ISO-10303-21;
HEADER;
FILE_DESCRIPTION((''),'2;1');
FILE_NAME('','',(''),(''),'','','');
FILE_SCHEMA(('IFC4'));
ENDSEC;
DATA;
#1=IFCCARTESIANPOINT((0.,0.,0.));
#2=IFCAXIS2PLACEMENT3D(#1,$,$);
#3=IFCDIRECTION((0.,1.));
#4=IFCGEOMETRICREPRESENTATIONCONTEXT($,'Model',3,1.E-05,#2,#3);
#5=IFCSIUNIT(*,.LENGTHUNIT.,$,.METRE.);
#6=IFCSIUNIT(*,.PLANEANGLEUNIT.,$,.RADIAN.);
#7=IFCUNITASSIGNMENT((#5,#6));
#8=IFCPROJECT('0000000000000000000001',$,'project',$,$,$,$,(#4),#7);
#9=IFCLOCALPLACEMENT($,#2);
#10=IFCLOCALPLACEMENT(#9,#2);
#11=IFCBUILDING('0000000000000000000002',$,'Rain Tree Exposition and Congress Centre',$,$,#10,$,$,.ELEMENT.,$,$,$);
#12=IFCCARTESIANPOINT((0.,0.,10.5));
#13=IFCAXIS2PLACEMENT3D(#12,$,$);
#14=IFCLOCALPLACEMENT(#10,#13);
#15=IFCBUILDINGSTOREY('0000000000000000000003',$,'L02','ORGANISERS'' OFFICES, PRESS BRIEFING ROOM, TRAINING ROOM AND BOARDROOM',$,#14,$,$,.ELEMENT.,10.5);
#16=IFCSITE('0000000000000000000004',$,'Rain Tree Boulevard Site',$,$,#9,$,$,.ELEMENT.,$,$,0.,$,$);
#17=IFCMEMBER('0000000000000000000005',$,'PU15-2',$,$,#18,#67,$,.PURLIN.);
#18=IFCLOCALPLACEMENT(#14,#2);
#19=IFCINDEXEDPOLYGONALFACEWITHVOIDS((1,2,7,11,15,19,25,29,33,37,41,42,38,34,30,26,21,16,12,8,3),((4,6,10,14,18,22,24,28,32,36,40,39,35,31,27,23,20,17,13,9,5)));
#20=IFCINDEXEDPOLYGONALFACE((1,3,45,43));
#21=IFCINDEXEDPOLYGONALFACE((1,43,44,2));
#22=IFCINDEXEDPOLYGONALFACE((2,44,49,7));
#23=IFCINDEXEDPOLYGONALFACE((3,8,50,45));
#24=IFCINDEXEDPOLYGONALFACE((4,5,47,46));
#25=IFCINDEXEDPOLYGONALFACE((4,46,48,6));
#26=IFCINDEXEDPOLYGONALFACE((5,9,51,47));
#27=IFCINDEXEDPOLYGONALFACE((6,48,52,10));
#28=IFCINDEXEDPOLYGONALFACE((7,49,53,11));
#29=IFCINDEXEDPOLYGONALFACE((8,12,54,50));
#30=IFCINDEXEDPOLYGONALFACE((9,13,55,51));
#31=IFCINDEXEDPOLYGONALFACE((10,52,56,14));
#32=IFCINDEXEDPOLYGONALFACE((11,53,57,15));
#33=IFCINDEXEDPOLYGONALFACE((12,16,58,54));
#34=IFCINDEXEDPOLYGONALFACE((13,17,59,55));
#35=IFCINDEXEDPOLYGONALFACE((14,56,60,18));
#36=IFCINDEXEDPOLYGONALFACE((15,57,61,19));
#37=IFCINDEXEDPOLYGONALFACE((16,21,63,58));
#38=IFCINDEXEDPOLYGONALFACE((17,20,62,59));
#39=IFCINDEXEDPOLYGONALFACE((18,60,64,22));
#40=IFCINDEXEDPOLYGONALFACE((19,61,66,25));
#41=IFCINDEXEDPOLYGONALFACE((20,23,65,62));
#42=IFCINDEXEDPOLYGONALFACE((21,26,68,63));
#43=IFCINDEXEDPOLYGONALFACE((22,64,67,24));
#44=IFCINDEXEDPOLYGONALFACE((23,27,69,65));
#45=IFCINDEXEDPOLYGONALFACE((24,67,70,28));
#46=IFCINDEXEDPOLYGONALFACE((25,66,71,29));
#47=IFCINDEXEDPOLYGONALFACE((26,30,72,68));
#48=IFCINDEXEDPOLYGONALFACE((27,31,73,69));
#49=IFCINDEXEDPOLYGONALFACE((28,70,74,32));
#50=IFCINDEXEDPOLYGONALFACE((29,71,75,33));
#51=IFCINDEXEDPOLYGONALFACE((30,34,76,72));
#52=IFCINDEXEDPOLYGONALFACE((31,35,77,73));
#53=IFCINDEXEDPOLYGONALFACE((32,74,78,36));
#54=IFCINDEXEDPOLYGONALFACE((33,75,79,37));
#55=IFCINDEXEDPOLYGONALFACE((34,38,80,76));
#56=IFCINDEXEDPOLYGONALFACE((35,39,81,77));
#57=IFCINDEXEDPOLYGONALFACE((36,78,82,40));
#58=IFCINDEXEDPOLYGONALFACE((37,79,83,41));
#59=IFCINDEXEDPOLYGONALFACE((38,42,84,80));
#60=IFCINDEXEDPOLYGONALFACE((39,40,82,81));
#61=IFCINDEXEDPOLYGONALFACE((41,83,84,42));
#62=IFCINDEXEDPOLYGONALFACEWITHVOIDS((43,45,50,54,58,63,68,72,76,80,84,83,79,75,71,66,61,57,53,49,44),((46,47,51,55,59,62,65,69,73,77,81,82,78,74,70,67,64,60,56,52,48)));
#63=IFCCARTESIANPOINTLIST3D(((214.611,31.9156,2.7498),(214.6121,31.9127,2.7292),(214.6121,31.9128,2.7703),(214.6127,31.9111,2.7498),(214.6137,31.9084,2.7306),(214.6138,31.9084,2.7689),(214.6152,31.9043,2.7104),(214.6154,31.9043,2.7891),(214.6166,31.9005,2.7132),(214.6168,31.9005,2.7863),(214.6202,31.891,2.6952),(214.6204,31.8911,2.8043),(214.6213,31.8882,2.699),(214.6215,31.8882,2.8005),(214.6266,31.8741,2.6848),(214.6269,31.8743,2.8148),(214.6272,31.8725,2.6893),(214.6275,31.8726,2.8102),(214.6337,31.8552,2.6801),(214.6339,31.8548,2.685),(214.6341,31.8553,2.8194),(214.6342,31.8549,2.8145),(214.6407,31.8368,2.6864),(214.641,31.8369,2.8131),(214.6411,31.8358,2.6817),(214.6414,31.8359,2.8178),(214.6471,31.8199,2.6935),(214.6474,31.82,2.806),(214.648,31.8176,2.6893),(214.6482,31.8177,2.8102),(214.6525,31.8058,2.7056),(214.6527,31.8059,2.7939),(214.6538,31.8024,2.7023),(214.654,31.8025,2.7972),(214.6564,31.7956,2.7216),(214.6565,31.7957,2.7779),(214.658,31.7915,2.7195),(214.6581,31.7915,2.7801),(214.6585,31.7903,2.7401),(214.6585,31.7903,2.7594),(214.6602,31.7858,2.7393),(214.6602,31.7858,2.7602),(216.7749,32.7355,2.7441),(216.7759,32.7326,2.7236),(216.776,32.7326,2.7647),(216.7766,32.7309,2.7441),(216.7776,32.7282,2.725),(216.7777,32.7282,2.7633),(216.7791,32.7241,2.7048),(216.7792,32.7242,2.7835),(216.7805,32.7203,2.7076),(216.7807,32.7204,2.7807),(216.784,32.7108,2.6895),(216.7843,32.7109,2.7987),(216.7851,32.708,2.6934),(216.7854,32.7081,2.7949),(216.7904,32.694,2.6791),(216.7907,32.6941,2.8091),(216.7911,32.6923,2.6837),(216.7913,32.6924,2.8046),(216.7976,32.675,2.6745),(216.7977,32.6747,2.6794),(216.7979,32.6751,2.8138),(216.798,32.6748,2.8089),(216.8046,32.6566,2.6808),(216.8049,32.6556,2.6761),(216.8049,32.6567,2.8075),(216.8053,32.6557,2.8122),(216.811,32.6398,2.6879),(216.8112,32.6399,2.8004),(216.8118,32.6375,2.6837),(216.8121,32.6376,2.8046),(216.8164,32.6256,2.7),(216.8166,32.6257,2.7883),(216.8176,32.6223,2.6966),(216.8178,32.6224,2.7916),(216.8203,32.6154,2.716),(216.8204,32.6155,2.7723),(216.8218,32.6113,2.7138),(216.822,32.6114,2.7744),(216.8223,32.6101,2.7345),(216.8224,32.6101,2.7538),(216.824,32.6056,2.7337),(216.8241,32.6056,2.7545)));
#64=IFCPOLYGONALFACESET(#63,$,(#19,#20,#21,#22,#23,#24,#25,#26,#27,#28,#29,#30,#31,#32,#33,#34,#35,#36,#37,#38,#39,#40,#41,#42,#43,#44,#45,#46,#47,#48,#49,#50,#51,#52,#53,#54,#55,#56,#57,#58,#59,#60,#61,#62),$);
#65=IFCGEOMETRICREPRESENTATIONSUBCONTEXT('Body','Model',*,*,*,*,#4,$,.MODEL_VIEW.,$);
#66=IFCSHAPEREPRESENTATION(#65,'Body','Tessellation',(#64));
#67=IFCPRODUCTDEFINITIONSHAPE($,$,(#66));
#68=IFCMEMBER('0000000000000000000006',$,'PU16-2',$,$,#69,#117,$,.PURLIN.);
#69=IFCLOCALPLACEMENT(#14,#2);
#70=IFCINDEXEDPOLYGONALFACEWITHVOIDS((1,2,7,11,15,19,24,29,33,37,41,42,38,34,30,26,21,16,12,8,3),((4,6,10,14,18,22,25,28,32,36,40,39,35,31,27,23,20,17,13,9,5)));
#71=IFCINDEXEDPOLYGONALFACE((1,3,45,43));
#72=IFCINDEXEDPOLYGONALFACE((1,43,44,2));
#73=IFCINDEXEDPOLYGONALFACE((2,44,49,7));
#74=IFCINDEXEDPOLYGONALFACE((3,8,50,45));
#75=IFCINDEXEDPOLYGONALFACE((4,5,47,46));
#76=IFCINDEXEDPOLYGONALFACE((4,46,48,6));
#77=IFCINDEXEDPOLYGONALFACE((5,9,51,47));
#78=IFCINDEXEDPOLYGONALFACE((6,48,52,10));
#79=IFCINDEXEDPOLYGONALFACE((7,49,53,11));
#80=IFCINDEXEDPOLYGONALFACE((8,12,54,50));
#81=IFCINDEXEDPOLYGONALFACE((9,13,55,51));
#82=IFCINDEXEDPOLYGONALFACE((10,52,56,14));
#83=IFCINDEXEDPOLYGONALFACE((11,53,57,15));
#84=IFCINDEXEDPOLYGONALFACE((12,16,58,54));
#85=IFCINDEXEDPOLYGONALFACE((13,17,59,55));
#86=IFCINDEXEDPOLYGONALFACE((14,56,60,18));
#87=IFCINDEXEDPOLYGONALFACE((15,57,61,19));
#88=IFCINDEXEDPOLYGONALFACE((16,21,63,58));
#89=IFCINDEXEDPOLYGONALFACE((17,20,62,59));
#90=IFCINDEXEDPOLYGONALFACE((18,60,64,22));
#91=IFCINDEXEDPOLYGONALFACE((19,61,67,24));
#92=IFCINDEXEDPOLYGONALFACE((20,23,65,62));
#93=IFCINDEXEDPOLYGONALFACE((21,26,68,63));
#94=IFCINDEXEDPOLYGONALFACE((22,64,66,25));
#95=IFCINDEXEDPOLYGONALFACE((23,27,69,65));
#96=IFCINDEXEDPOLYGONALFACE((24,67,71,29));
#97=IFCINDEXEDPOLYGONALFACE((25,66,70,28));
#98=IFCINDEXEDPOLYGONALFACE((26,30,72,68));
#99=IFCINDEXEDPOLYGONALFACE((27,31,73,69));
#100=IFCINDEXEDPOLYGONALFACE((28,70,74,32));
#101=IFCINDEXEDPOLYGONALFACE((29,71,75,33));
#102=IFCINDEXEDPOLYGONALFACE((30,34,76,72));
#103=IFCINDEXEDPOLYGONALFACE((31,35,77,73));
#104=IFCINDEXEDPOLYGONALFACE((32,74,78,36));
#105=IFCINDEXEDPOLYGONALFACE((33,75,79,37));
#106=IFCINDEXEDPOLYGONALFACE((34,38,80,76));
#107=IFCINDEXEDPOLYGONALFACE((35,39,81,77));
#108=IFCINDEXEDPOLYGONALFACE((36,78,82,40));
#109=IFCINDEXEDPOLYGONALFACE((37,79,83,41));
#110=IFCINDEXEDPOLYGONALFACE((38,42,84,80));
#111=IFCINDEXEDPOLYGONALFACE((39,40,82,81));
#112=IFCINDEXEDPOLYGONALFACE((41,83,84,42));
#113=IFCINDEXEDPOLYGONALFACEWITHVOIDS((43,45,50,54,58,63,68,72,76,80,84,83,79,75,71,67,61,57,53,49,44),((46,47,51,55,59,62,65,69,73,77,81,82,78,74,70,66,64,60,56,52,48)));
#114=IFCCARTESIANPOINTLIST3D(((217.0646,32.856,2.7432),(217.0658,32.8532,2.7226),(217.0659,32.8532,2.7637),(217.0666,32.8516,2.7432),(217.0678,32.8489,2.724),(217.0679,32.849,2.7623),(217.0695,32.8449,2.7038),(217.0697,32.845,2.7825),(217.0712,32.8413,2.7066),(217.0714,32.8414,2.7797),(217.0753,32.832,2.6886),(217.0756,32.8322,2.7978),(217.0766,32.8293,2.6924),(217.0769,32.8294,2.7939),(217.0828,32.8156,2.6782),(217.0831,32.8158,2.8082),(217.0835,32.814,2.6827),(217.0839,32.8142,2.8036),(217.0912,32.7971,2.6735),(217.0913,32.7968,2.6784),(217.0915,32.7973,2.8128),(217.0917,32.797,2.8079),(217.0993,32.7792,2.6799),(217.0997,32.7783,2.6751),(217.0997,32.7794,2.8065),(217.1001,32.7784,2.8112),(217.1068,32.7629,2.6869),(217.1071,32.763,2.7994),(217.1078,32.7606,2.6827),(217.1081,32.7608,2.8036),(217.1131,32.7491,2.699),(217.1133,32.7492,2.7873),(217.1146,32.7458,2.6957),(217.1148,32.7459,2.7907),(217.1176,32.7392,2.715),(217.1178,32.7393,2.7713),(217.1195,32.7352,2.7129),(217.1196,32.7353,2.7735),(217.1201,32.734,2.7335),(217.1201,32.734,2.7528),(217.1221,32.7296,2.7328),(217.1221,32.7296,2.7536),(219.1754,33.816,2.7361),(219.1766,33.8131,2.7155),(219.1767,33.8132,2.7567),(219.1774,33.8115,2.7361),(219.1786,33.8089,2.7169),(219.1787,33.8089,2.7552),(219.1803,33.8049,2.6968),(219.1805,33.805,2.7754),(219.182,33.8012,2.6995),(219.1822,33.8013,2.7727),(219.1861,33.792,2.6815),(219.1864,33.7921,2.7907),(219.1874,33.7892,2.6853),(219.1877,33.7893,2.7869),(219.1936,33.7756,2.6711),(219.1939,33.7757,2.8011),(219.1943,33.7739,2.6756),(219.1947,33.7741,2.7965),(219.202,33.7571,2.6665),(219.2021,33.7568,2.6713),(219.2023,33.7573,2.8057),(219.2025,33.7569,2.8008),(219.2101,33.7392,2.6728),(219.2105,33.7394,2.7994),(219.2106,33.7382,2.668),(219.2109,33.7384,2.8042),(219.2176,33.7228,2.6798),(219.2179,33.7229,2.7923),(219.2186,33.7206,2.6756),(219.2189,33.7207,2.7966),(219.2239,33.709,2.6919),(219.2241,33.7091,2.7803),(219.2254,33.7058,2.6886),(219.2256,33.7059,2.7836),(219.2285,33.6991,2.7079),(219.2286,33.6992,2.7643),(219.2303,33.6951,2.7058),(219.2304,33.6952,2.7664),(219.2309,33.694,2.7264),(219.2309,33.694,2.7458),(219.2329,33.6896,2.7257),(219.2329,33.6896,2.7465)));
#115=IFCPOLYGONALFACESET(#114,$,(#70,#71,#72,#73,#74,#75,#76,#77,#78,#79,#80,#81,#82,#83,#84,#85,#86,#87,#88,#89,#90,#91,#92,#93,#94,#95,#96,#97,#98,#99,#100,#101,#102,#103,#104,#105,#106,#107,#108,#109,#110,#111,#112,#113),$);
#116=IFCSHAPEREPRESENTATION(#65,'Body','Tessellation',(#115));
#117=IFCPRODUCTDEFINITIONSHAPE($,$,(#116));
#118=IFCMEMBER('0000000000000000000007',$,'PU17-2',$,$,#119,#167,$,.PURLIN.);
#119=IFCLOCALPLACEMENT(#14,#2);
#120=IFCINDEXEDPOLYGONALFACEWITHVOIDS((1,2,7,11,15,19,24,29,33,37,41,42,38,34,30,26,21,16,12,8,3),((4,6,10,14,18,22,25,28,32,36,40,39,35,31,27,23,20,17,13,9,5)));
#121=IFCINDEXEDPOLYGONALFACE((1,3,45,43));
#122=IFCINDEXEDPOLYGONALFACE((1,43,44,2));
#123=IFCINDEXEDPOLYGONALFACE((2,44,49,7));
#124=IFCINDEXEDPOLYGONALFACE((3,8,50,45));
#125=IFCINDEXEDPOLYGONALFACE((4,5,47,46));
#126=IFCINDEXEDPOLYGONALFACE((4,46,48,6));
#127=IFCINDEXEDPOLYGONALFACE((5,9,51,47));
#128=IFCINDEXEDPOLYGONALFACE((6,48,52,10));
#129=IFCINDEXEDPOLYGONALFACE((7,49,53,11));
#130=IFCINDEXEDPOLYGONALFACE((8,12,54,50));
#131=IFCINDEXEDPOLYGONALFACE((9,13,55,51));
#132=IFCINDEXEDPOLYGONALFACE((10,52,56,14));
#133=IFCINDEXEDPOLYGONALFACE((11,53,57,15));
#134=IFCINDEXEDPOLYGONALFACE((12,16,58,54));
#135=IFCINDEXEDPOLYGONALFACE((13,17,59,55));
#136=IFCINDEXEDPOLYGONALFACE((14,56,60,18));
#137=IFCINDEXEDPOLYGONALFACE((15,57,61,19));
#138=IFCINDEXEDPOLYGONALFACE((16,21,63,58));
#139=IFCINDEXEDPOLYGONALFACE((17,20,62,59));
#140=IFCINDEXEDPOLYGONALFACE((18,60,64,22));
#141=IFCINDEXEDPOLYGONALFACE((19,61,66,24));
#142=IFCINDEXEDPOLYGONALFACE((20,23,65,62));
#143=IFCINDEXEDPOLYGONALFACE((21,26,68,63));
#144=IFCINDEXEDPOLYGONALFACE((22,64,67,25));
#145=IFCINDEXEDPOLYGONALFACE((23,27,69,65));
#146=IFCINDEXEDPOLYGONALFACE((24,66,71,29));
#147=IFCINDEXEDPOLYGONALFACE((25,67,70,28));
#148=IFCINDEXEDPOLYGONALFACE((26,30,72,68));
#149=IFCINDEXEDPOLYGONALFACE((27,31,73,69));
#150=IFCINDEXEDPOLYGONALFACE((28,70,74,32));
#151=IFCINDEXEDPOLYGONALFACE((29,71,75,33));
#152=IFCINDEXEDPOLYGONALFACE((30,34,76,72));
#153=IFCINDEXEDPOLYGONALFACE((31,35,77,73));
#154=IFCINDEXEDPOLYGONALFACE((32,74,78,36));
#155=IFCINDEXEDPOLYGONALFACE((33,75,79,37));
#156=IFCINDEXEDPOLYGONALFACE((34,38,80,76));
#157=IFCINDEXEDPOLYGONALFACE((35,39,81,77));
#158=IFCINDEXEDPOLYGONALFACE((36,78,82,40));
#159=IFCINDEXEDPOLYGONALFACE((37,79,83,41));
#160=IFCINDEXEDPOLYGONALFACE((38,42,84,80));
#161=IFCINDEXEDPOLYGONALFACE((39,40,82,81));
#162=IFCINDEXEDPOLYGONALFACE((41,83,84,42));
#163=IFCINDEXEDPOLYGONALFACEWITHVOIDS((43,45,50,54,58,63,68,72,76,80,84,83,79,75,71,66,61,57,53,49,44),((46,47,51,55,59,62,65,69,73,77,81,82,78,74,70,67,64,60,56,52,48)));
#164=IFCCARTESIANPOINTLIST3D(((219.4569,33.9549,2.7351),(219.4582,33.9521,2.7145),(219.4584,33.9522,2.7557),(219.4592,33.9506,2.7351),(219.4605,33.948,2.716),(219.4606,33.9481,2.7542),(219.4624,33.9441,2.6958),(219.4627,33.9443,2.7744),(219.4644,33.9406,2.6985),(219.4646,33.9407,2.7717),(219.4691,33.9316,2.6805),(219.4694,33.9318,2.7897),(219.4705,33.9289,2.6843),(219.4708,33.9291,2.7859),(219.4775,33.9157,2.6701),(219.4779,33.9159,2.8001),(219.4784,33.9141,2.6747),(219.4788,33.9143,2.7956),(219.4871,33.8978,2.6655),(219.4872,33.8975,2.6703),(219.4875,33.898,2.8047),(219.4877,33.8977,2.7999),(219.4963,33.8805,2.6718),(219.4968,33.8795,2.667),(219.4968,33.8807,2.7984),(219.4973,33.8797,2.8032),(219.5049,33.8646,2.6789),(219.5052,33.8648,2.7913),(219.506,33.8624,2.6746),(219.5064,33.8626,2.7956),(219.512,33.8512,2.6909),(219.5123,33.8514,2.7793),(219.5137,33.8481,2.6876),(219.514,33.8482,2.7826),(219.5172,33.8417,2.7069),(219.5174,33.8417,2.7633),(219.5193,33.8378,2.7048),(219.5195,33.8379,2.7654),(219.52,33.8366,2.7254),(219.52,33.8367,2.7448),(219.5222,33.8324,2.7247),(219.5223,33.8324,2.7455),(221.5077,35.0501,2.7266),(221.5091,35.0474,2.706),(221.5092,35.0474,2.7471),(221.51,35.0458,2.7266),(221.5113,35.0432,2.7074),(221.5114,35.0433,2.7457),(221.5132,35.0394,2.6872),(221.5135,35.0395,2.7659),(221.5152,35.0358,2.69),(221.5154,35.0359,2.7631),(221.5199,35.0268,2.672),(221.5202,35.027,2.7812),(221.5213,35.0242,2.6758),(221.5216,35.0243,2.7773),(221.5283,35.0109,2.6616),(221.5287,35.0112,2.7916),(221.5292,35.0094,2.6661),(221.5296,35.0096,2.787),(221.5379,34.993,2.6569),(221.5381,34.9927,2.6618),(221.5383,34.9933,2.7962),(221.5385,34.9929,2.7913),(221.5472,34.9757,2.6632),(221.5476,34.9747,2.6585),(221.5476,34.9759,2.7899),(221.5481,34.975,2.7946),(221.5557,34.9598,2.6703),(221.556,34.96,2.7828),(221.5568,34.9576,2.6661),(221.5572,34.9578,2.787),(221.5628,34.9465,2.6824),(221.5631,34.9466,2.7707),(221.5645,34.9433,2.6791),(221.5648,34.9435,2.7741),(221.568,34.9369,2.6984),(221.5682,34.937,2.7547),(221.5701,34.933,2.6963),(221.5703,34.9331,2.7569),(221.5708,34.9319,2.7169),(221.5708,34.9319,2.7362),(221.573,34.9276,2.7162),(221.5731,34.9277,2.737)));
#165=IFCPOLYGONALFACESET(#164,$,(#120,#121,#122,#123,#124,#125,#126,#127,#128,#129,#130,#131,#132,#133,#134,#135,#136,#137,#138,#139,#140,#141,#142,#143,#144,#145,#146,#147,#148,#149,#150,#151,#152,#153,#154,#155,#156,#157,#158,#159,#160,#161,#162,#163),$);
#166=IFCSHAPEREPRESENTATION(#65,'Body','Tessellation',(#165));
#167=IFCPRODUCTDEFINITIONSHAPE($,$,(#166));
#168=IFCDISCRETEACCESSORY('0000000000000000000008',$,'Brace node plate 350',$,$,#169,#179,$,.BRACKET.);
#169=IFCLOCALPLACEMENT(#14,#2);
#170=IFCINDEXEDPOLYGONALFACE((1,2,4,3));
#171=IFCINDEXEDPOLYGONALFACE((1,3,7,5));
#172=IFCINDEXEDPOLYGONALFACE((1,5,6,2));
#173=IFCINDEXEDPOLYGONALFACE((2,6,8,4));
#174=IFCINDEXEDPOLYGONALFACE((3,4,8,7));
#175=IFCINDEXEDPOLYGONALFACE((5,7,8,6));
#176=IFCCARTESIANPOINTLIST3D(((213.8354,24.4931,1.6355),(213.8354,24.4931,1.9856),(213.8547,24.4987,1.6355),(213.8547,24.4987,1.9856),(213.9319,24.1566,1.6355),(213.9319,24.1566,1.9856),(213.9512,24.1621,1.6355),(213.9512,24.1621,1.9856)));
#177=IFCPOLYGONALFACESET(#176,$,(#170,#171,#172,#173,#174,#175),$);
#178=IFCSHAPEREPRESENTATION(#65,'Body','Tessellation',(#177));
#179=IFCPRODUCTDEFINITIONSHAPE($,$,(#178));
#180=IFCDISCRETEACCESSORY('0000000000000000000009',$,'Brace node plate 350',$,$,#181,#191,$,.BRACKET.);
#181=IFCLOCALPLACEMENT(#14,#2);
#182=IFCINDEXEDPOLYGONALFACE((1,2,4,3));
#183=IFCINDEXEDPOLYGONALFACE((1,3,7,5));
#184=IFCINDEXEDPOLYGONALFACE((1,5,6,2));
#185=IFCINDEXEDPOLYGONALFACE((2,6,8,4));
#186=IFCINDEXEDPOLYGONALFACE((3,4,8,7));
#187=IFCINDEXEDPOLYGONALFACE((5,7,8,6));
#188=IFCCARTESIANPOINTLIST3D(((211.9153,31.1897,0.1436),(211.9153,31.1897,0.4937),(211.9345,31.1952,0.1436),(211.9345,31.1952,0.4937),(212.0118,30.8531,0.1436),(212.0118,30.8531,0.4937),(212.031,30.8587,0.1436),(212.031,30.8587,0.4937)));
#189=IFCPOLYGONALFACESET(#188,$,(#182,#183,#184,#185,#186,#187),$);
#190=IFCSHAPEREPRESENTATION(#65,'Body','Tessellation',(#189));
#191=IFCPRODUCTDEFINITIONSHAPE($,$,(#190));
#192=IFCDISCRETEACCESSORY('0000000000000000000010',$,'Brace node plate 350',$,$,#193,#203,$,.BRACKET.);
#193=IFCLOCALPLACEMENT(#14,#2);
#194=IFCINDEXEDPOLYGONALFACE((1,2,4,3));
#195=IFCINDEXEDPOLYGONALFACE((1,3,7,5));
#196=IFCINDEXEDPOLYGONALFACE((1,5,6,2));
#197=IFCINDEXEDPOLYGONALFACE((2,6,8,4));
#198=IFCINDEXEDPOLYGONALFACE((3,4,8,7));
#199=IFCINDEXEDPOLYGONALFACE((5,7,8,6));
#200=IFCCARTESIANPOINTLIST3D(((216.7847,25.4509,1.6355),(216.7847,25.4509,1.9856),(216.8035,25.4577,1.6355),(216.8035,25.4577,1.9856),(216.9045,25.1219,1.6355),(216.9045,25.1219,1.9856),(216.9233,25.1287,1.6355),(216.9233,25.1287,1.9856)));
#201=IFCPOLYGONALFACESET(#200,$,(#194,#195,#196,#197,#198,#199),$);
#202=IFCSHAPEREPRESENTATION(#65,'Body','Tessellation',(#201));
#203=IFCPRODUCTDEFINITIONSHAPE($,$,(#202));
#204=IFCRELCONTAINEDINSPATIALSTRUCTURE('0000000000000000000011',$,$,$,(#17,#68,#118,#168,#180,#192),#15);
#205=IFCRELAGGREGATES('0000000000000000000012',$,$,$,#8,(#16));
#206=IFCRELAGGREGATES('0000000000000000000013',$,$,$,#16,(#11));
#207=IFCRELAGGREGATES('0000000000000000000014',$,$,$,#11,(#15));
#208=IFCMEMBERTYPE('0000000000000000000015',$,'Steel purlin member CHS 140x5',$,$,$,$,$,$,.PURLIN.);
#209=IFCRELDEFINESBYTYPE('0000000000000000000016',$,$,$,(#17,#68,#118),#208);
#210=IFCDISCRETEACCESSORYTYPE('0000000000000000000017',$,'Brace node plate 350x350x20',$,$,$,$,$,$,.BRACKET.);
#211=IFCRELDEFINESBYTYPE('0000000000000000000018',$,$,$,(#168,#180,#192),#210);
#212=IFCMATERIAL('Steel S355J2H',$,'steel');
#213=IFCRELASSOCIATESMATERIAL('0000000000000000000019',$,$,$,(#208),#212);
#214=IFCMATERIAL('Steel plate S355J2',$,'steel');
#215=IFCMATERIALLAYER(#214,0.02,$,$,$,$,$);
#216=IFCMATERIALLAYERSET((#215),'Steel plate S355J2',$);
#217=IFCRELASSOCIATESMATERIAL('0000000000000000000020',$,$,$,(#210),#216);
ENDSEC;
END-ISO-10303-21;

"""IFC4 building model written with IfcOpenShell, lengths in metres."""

from ifc_helpers import new_model, si_unit, direction, frame, origin, origin_2d, place, context, subcontext, project, spatial, rectangle, hollow_circle, extrude, material, layer, layer_set, material_profile, profile_set, type_object, element, save


model = new_model("IFC4")

# Units and contexts
model_context = context("Model", 3, precision=1e-05, world=origin(), true_north=direction((0.0, 1.0)))
body_context = subcontext(model_context, "Body", "Model", "MODEL_VIEW")
ifc_project = project(units=[si_unit("LENGTHUNIT", "METRE"), si_unit("PLANEANGLEUNIT", "RADIAN")], contexts=[model_context])

# Site, building, storey
site_placement = place(None, origin())
site = spatial("IfcSite", under=ifc_project, at=site_placement, Name="Rain Tree Boulevard Site", CompositionType="ELEMENT", RefElevation=0.0)
building_placement = place(site_placement, origin())
building = spatial("IfcBuilding", under=site, at=building_placement, Name="Rain Tree Exposition and Congress Centre", CompositionType="ELEMENT")
storey_placement = place(building_placement, frame((0.0, 0.0, 10.5)))
storey = spatial("IfcBuildingStorey", under=building, at=storey_placement, Name="L02", Description="ORGANISERS' OFFICES, PRESS BRIEFING ROOM, TRAINING ROOM AND BOARDROOM", CompositionType="ELEMENT", Elevation=10.5)

# Members
ifc_material_1 = material(Name="Steel S355J2H", Category="steel")
ifc_material_profile_1 = material_profile(ifc_material_1, hollow_circle(Radius=0.0698, WallThickness=0.0049, at=origin_2d()), Name="CHS 140x5")
ifc_profile_set_1 = profile_set([ifc_material_profile_1], Name="Steel S355J2H")
member_type_1 = type_object("IfcMemberType", Name="Steel purlin member CHS 140x5", PredefinedType="PURLIN", material=ifc_profile_set_1)
member_1_placement = place(storey_placement, frame((214.6357, 31.8503, 2.7498), z_axis=(0.935129, 0.3543, -0.002427), x_axis=(-0.354301, 0.935131, 0.0)))
element("IfcMember", 1, at=member_1_placement, inside=storey, type_object=member_type_1, Name="PU15-2", PredefinedType="PURLIN", context=body_context, shape_type="SweptSolid", body=[
    extrude(hollow_circle(Radius=0.0698, WallThickness=0.0049, at=origin_2d()), origin(), (0.0, 0.0, 1.0), 2.314),
])
member_2_placement = place(storey_placement, frame((217.0935, 32.7925, 2.7432), z_axis=(0.910283, 0.413976, -0.003053), x_axis=(-0.413977, 0.910287, 0.0)))
element("IfcMember", 2, at=member_2_placement, inside=storey, type_object=member_type_1, Name="PU16-2", PredefinedType="PURLIN", context=body_context, shape_type="SweptSolid", body=[
    extrude(hollow_circle(Radius=0.0698, WallThickness=0.0049, at=origin_2d()), origin(), (0.0, 0.0, 1.0), 2.3188),
])
member_3_placement = place(storey_placement, frame((219.4897, 33.8933, 2.7351), z_axis=(0.882085, 0.471076, -0.003675), x_axis=(-0.471079, 0.882091, 0.0)))
element("IfcMember", 3, at=member_3_placement, inside=storey, type_object=member_type_1, Name="PU17-2", PredefinedType="PURLIN", context=body_context, shape_type="SweptSolid", body=[
    extrude(hollow_circle(Radius=0.0698, WallThickness=0.0049, at=origin_2d()), origin(), (0.0, 0.0, 1.0), 2.325),
])

# Discrete accessories
ifc_material_2 = material(Name="Steel plate S355J2", Category="steel")
ifc_layer = layer(ifc_material_2, 0.02)
ifc_layer_set = layer_set([ifc_layer], Name="Steel plate S355J2")
discrete_accessory_type = type_object("IfcDiscreteAccessoryType", Name="Brace node plate 350x350x20", PredefinedType="BRACKET", material=ifc_layer_set)
for number, where, z_axis, x_axis, name in (
    (4, (213.8933, 24.3276, 1.6355), (0.0, 0.0, 1.0), (-0.275637, 0.961262, 0.0), "Brace node plate 350"),
    (5, (211.9731, 31.0242, 0.1436), (0.0, 0.0, 1.0), (0.275637, -0.961262, 0.0), "Brace node plate 350"),
    (6, (216.854, 25.2898, 1.6355), (0.0, 0.0, 1.0), (-0.34202, 0.939693, 0.0), "Brace node plate 350"),
):
    element("IfcDiscreteAccessory", number, at=place(storey_placement, frame(where, z_axis=z_axis, x_axis=x_axis)), inside=storey, type_object=discrete_accessory_type, Name=name, PredefinedType="BRACKET", context=body_context, shape_type="SweptSolid", body=[
        extrude(rectangle(XDim=0.3501, YDim=0.02, at=origin_2d()), origin(), (0.0, 0.0, 1.0), 0.3501),
    ])

save(model, "model.ifc")
